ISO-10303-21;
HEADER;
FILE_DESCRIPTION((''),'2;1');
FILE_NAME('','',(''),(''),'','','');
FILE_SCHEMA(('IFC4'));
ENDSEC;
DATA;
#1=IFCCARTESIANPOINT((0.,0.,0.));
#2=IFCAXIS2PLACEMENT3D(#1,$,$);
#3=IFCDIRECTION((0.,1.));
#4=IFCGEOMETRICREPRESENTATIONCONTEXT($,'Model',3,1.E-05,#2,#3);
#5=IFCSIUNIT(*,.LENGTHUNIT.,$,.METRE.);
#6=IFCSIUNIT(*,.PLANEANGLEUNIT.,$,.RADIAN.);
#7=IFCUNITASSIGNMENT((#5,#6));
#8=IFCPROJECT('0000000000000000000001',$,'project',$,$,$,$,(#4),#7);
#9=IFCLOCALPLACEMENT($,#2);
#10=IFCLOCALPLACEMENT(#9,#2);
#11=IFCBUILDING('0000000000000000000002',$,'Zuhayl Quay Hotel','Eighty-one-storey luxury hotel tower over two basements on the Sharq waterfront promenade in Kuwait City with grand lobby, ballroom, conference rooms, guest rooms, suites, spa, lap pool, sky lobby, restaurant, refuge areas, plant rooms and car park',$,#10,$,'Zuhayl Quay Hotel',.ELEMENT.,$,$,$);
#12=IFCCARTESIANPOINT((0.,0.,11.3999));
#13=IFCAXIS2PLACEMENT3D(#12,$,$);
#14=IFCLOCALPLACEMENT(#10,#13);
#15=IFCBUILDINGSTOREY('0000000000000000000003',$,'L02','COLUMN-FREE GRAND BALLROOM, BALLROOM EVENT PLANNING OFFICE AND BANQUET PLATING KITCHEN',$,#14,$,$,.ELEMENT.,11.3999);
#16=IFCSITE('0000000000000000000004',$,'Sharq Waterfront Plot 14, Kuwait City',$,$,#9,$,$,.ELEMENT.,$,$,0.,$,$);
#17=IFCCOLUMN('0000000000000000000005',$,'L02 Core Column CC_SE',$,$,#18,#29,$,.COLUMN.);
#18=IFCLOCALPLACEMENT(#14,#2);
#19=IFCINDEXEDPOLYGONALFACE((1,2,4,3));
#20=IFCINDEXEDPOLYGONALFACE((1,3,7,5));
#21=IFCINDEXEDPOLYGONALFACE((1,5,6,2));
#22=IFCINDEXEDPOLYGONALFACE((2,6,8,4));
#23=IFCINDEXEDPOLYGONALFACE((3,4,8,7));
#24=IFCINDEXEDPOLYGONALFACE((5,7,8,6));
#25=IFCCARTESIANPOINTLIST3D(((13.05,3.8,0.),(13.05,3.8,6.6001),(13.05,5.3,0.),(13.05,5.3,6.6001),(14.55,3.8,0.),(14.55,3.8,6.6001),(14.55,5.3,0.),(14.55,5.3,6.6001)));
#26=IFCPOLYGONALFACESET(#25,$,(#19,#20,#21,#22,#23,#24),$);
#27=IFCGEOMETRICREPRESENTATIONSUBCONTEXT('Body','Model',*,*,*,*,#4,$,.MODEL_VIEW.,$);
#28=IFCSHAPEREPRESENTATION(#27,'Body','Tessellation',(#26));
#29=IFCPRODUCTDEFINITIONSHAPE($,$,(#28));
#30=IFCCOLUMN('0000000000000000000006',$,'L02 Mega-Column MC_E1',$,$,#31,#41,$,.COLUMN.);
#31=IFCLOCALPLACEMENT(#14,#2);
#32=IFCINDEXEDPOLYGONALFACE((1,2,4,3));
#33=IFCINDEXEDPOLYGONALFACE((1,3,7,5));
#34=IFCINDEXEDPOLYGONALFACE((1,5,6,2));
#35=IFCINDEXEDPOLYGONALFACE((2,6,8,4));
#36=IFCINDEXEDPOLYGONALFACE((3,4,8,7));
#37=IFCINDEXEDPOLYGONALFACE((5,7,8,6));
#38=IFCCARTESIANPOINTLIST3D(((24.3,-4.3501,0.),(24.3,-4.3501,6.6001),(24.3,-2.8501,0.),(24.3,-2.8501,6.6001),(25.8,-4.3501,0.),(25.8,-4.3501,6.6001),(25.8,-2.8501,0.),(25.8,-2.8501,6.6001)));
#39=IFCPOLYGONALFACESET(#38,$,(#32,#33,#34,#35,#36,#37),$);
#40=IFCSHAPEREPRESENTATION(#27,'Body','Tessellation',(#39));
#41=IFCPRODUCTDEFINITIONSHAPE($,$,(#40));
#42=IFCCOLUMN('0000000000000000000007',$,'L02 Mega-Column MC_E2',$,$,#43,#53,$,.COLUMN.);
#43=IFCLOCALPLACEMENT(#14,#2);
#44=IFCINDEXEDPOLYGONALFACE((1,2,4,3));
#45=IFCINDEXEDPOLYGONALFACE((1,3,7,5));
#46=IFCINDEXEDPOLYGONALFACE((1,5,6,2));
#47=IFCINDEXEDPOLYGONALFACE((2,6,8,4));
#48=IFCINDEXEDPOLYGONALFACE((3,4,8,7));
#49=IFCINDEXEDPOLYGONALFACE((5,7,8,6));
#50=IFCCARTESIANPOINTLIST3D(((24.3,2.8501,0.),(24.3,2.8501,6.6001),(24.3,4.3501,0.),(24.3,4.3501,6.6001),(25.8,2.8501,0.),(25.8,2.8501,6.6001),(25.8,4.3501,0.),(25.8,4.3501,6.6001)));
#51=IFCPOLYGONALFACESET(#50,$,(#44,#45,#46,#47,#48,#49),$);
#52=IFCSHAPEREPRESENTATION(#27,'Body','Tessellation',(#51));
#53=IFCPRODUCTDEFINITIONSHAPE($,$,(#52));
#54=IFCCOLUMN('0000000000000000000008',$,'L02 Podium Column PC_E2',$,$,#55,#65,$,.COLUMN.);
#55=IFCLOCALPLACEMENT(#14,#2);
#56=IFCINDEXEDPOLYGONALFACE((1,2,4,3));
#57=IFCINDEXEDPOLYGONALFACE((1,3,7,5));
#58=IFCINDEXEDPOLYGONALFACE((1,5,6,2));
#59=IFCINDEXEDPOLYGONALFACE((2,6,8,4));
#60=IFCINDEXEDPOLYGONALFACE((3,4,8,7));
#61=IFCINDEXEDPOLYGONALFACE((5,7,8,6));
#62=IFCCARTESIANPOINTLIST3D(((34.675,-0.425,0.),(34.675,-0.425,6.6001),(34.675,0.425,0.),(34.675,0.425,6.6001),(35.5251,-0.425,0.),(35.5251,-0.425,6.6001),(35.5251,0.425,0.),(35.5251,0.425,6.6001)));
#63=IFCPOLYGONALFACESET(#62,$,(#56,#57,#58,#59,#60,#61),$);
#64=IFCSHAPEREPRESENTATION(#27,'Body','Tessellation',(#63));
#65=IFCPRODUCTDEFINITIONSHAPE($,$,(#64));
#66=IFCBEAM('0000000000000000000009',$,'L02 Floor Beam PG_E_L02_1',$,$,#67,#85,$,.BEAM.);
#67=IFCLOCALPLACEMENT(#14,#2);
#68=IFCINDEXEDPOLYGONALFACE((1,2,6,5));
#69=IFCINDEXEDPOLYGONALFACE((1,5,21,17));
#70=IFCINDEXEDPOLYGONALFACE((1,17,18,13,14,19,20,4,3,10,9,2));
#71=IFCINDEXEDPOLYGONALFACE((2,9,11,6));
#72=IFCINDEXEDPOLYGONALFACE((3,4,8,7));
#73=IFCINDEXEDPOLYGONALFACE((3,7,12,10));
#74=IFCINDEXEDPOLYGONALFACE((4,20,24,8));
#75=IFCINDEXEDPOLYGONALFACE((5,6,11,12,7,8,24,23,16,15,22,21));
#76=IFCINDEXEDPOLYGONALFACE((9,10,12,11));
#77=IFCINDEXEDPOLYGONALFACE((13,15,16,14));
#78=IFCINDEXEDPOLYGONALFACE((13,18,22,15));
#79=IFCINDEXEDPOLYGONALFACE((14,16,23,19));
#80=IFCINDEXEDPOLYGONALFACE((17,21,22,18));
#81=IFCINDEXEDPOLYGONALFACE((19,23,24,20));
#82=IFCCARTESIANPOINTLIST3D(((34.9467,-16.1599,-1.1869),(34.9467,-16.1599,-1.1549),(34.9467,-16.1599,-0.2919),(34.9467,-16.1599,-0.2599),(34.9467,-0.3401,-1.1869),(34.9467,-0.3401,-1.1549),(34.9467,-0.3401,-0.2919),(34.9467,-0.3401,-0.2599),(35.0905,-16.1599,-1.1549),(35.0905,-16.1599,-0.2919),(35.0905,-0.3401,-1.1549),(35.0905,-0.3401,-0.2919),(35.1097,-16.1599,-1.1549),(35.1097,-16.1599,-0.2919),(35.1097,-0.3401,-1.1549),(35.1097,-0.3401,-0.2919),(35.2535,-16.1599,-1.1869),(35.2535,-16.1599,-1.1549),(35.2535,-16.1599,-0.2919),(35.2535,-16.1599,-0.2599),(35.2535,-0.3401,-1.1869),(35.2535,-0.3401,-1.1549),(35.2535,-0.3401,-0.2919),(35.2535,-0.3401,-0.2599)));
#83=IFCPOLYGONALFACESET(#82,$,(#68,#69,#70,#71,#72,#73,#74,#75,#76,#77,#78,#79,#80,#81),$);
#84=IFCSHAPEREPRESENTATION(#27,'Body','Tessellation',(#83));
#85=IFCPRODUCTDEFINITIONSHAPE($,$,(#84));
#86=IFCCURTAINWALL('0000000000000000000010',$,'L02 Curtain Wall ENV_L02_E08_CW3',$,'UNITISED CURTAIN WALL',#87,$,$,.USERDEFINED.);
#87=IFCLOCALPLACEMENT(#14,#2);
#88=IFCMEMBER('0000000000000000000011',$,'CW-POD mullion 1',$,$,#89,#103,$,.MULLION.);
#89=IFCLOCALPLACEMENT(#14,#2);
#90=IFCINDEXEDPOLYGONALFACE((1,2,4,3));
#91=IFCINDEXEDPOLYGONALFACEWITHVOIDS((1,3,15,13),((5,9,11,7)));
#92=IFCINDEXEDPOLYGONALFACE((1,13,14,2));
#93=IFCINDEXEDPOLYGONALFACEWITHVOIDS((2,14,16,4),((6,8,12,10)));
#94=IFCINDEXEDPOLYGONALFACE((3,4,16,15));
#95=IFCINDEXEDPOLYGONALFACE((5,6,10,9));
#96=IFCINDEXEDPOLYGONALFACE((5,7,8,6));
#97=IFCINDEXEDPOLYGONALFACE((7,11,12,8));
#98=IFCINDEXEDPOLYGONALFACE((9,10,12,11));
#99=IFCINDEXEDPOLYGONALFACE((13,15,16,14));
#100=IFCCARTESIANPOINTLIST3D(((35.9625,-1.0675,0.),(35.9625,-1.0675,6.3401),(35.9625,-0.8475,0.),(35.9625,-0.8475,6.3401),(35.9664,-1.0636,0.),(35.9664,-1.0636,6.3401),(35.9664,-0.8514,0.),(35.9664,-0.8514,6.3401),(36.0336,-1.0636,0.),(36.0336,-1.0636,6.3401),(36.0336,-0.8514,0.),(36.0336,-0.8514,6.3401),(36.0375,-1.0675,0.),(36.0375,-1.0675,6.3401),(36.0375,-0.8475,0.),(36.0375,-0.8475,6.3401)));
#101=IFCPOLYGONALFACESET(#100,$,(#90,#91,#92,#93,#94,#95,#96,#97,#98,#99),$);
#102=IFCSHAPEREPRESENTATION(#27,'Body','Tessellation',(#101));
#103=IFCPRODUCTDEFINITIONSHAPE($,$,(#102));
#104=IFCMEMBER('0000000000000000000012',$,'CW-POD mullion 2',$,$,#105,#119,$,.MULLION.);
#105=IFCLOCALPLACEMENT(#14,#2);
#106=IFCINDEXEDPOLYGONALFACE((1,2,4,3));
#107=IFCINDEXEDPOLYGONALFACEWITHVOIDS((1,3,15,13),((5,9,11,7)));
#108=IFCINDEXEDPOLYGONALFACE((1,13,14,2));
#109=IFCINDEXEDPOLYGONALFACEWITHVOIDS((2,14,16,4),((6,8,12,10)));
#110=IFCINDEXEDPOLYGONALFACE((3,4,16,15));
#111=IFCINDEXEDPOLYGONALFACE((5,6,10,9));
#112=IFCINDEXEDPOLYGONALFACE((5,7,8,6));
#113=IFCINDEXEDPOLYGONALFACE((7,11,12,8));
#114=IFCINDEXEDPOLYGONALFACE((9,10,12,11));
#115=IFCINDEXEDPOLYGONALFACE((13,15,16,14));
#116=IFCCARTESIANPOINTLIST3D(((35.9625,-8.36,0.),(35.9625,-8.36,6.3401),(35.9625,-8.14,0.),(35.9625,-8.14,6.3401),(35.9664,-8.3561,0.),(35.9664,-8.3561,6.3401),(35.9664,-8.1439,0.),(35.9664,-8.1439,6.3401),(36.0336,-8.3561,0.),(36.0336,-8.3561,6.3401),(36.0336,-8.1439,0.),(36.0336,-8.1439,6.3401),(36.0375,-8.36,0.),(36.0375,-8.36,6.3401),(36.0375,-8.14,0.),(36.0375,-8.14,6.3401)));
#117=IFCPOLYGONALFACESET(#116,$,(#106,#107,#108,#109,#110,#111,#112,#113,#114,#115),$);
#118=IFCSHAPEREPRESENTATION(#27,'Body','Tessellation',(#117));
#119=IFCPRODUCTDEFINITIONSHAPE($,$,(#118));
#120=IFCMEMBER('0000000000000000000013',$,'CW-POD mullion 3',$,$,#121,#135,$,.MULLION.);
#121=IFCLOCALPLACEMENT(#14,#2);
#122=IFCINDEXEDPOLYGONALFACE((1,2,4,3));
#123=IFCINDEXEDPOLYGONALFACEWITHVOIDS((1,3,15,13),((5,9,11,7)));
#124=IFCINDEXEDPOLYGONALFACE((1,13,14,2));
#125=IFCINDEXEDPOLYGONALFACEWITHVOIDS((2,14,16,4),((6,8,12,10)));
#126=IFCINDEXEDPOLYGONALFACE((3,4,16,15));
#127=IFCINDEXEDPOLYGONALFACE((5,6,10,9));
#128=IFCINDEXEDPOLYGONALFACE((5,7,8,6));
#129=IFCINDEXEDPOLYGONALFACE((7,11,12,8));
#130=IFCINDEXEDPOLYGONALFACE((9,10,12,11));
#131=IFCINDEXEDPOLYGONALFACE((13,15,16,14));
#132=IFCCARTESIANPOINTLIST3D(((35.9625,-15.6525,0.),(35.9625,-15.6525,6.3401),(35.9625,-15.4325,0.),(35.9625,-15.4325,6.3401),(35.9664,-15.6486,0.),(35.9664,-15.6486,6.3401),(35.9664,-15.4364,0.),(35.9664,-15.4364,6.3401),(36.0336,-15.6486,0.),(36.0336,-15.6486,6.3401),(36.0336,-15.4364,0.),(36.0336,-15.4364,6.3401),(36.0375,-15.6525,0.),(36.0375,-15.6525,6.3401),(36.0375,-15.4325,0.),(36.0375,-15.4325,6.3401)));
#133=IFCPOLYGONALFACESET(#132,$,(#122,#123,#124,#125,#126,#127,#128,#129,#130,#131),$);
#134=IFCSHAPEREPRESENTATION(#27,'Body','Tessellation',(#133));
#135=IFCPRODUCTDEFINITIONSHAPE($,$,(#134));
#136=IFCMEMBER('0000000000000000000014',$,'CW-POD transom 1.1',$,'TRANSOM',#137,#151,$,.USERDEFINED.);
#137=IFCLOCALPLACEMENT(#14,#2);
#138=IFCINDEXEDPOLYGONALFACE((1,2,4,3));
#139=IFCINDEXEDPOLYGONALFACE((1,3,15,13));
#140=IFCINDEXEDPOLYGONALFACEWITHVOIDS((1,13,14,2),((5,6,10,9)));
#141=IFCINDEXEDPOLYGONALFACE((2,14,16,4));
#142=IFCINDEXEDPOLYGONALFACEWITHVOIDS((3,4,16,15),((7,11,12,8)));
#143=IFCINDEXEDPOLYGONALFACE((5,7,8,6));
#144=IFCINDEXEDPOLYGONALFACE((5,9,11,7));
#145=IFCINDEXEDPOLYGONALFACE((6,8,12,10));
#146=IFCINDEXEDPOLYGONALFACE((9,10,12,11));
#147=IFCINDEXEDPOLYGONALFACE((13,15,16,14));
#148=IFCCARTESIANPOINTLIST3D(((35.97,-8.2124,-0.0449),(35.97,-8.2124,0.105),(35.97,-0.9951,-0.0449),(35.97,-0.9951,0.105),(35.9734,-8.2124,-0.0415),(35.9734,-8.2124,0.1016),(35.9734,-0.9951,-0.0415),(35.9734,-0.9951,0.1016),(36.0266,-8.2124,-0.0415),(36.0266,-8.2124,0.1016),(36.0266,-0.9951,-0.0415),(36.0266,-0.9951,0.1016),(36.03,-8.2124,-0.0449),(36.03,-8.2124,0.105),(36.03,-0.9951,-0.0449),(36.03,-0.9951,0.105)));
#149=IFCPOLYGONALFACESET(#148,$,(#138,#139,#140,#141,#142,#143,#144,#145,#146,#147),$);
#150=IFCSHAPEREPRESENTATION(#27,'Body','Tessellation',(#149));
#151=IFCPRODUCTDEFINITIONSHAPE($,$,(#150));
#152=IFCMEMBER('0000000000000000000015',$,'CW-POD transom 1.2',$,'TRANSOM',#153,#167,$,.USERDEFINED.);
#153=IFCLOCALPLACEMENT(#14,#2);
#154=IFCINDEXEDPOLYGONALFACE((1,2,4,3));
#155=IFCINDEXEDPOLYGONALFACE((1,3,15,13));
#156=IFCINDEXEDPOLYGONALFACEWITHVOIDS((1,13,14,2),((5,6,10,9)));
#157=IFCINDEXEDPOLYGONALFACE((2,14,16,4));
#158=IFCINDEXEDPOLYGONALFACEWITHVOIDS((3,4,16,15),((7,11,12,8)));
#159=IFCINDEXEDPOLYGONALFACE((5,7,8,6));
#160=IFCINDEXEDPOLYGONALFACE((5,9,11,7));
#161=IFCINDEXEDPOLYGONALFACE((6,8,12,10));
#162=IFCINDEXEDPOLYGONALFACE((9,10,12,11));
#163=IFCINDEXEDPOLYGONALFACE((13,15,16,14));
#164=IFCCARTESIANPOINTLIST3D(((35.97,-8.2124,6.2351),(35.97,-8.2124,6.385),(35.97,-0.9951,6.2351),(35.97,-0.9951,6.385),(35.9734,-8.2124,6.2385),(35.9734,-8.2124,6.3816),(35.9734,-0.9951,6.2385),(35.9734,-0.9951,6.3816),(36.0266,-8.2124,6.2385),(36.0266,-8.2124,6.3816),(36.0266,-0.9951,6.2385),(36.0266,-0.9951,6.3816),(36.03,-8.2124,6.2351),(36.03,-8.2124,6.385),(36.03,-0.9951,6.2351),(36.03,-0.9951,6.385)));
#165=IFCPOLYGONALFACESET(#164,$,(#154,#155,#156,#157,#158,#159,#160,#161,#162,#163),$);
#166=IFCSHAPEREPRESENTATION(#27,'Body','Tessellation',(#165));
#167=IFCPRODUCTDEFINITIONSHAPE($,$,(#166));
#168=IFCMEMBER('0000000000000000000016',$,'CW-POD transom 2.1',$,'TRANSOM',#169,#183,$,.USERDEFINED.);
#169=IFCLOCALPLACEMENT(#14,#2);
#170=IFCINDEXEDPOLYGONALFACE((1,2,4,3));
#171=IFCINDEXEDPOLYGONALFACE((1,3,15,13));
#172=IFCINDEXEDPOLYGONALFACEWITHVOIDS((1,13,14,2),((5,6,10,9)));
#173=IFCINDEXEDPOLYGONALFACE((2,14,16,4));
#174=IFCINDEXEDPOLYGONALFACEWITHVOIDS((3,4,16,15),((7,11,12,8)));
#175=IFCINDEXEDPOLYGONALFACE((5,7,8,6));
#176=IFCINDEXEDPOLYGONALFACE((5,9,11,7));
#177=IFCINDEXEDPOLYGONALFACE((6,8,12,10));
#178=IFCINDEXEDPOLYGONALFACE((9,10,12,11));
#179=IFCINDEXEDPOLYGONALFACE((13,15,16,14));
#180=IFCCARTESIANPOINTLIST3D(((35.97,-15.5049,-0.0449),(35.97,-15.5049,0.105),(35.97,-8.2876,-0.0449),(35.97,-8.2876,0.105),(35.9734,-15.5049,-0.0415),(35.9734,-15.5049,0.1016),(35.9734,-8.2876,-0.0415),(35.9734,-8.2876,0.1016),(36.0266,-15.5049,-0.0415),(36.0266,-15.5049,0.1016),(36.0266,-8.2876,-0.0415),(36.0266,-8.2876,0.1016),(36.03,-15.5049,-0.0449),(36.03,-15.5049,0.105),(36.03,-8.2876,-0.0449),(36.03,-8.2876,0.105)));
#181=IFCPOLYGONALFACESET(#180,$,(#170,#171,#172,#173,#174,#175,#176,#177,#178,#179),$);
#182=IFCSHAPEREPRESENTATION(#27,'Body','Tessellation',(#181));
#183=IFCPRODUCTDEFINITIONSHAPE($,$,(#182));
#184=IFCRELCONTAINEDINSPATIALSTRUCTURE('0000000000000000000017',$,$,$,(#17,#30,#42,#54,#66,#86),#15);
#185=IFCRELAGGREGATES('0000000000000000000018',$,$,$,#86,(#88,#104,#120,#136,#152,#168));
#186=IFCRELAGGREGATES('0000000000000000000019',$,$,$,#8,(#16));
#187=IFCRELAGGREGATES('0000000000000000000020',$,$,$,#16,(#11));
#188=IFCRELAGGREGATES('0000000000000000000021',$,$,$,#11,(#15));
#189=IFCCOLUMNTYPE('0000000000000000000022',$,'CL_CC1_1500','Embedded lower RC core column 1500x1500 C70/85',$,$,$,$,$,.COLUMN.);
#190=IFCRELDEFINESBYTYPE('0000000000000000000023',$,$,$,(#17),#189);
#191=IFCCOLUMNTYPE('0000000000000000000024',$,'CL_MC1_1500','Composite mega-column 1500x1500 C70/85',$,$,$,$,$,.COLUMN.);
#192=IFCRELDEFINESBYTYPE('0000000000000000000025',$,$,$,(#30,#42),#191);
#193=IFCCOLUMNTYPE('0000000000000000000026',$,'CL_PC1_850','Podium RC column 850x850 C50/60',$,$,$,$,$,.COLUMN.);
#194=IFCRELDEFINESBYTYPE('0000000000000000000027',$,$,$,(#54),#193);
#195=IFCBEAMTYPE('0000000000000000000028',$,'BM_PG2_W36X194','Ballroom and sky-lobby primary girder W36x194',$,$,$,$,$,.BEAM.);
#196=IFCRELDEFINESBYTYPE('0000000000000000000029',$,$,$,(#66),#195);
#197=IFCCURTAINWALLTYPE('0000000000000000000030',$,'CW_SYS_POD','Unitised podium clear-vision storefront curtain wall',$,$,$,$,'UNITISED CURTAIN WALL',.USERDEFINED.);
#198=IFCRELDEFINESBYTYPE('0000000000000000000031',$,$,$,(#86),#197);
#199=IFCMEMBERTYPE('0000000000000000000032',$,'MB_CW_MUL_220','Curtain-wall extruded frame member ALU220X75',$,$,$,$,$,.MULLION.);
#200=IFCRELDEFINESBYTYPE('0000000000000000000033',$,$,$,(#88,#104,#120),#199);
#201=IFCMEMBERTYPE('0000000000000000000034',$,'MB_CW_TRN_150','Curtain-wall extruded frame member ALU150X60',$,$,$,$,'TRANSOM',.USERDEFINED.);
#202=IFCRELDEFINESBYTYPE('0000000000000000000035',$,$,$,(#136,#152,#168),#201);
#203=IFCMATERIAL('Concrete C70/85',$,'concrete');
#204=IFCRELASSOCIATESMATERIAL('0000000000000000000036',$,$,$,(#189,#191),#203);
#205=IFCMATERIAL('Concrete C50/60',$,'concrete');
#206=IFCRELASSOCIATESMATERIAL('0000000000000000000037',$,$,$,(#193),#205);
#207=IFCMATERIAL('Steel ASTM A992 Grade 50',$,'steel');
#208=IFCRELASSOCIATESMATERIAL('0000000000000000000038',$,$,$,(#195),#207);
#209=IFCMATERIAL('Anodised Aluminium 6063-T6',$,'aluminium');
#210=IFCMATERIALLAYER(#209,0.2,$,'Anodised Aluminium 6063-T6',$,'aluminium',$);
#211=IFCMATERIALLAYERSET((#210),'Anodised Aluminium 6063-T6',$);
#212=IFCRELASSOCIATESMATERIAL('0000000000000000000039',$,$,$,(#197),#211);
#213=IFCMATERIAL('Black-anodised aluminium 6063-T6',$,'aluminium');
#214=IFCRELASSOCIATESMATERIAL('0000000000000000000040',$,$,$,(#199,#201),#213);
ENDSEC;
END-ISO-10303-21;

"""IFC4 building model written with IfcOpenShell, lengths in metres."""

from ifc_helpers import new_model, si_unit, direction, frame, origin, origin_2d, place, context, subcontext, project, spatial, rectangle, hollow_rectangle, i_section, extrude, material, layer, layer_set, material_profile, profile_set, type_object, element, aggregate, save


model = new_model("IFC4")

# Units and contexts
model_context = context("Model", 3, precision=1e-05, world=origin(), true_north=direction((0.0, 1.0)))
body_context = subcontext(model_context, "Body", "Model", "MODEL_VIEW")
ifc_project = project(units=[si_unit("LENGTHUNIT", "METRE"), si_unit("PLANEANGLEUNIT", "RADIAN")], contexts=[model_context])

# Site, building, storey
site_placement = place(None, origin())
site = spatial("IfcSite", under=ifc_project, at=site_placement, Name="Sharq Waterfront Plot 14, Kuwait City", CompositionType="ELEMENT", RefElevation=0.0)
building_placement = place(site_placement, origin())
building = spatial("IfcBuilding", under=site, at=building_placement, Name="Zuhayl Quay Hotel", Description="Eighty-one-storey luxury hotel tower over two basements on the Sharq waterfront promenade in Kuwait City with grand lobby, ballroom, conference rooms, guest rooms, suites, spa, lap pool, sky lobby, restaurant, refuge areas, plant rooms and car park", LongName="Zuhayl Quay Hotel", CompositionType="ELEMENT")
storey_placement = place(building_placement, frame((0.0, 0.0, 11.3999)))
storey = spatial("IfcBuildingStorey", under=building, at=storey_placement, Name="L02", Description="COLUMN-FREE GRAND BALLROOM, BALLROOM EVENT PLANNING OFFICE AND BANQUET PLATING KITCHEN", CompositionType="ELEMENT", Elevation=11.3999)

# Columns
ifc_material_1 = material(Name="Concrete C70/85", Category="concrete")
ifc_material_profile_1 = material_profile(ifc_material_1, rectangle(XDim=1.5, YDim=1.5, at=origin_2d()), Name="RC1500X1500")
ifc_profile_set_1 = profile_set([ifc_material_profile_1], Name="Concrete C70/85")
column_type_1 = type_object("IfcColumnType", Name="CL_CC1_1500", Description="Embedded lower RC core column 1500x1500 C70/85", PredefinedType="COLUMN", material=ifc_profile_set_1)
column_1_placement = place(storey_placement, frame((13.8, 4.55, 0.0), z_axis=(0.0, 0.0, 1.0), x_axis=(1.0, 0.0, 0.0)))
element("IfcColumn", 1, at=column_1_placement, inside=storey, type_object=column_type_1, Name="L02 Core Column CC_SE", PredefinedType="COLUMN", context=body_context, shape_type="SweptSolid", body=[
    extrude(rectangle(XDim=1.5, YDim=1.5, at=origin_2d()), origin(), (0.0, 0.0, 1.0), 6.6001),
])
ifc_material_profile_2 = material_profile(ifc_material_1, rectangle(XDim=1.5, YDim=1.5, at=origin_2d()), Name="RC1500X1500")
ifc_profile_set_2 = profile_set([ifc_material_profile_2], Name="Concrete C70/85")
column_type_2 = type_object("IfcColumnType", Name="CL_MC1_1500", Description="Composite mega-column 1500x1500 C70/85", PredefinedType="COLUMN", material=ifc_profile_set_2)
for number, where, z_axis, x_axis, name in (
    (2, (25.05, -3.6001, 0.0), (0.0, 0.0, 1.0), (1.0, 0.0, 0.0), "L02 Mega-Column MC_E1"),
    (3, (25.05, 3.6001, 0.0), (0.0, 0.0, 1.0), (1.0, 0.0, 0.0), "L02 Mega-Column MC_E2"),
):
    element("IfcColumn", number, at=place(storey_placement, frame(where, z_axis=z_axis, x_axis=x_axis)), inside=storey, type_object=column_type_2, Name=name, PredefinedType="COLUMN", context=body_context, shape_type="SweptSolid", body=[
        extrude(rectangle(XDim=1.5, YDim=1.5, at=origin_2d()), origin(), (0.0, 0.0, 1.0), 6.6001),
    ])
ifc_material_2 = material(Name="Concrete C50/60", Category="concrete")
ifc_material_profile_3 = material_profile(ifc_material_2, rectangle(XDim=0.8501, YDim=0.8501, at=origin_2d()), Name="RC850X850")
ifc_profile_set_3 = profile_set([ifc_material_profile_3], Name="Concrete C50/60")
column_type_3 = type_object("IfcColumnType", Name="CL_PC1_850", Description="Podium RC column 850x850 C50/60", PredefinedType="COLUMN", material=ifc_profile_set_3)
column_2_placement = place(storey_placement, frame((35.1001, 0.0, 0.0), z_axis=(0.0, 0.0, 1.0), x_axis=(1.0, 0.0, 0.0)))
element("IfcColumn", 4, at=column_2_placement, inside=storey, type_object=column_type_3, Name="L02 Podium Column PC_E2", PredefinedType="COLUMN", context=body_context, shape_type="SweptSolid", body=[
    extrude(rectangle(XDim=0.8501, YDim=0.8501, at=origin_2d()), origin(), (0.0, 0.0, 1.0), 6.6001),
])

# Beam
ifc_material_3 = material(Name="Steel ASTM A992 Grade 50", Category="steel")
ifc_material_profile_4 = material_profile(ifc_material_3, i_section(OverallWidth=0.3069, OverallDepth=0.927, WebThickness=0.0193, FlangeThickness=0.032, at=origin_2d()), Name="W36X194")
ifc_profile_set_4 = profile_set([ifc_material_profile_4], Name="Steel ASTM A992 Grade 50")
beam_type = type_object("IfcBeamType", Name="BM_PG2_W36X194", Description="Ballroom and sky-lobby primary girder W36x194", PredefinedType="BEAM", material=ifc_profile_set_4)
beam_placement = place(storey_placement, frame((35.1001, -16.1599, -0.7234), z_axis=(0.0, 1.0, 0.0), x_axis=(-1.0, 0.0, 0.0)))
element("IfcBeam", 5, at=beam_placement, inside=storey, type_object=beam_type, Name="L02 Floor Beam PG_E_L02_1", PredefinedType="BEAM", context=body_context, shape_type="SweptSolid", body=[
    extrude(i_section(OverallWidth=0.3069, OverallDepth=0.927, WebThickness=0.0193, FlangeThickness=0.032, at=origin_2d()), origin(), (0.0, 0.0, 1.0), 15.8198),
])

# Curtain wall, members
ifc_material_4 = material(Name="Anodised Aluminium 6063-T6", Category="aluminium")
ifc_layer_1 = layer(ifc_material_4, 0.2, Name="Anodised Aluminium 6063-T6", Category="aluminium")
ifc_layer_set_1 = layer_set([ifc_layer_1], Name="Anodised Aluminium 6063-T6")
curtain_wall_type = type_object("IfcCurtainWallType", Name="CW_SYS_POD", Description="Unitised podium clear-vision storefront curtain wall", ElementType="UNITISED CURTAIN WALL", PredefinedType="USERDEFINED", material=ifc_layer_set_1)
curtain_wall_placement = place(storey_placement, origin())
curtain_wall = element("IfcCurtainWall", 6, at=curtain_wall_placement, inside=storey, type_object=curtain_wall_type, Name="L02 Curtain Wall ENV_L02_E08_CW3", ObjectType="UNITISED CURTAIN WALL", PredefinedType="USERDEFINED")
ifc_material_5 = material(Name="Black-anodised aluminium 6063-T6", Category="aluminium")
ifc_material_profile_5 = material_profile(ifc_material_5, hollow_rectangle(XDim=0.075, YDim=0.22, WallThickness=0.0039, at=origin_2d()), Name="ALU220X75")
ifc_profile_set_5 = profile_set([ifc_material_profile_5], Name="Black-anodised aluminium 6063-T6")
member_type_1 = type_object("IfcMemberType", Name="MB_CW_MUL_220", Description="Curtain-wall extruded frame member ALU220X75", PredefinedType="MULLION", material=ifc_profile_set_5)
member_1_placement = place(storey_placement, frame((36.0, -0.9575, 0.0), z_axis=(0.0, 0.0, 1.0), x_axis=(1.0, 0.0, 0.0)))
member_1 = element("IfcMember", 7, at=member_1_placement, type_object=member_type_1, Name="CW-POD mullion 1", PredefinedType="MULLION", context=body_context, shape_type="SweptSolid", body=[
    extrude(hollow_rectangle(XDim=0.075, YDim=0.22, WallThickness=0.0039, at=origin_2d()), origin(), (0.0, 0.0, 1.0), 6.3401),
])
member_2_placement = place(storey_placement, frame((36.0, -8.25, 0.0), z_axis=(0.0, 0.0, 1.0), x_axis=(1.0, 0.0, 0.0)))
member_2 = element("IfcMember", 8, at=member_2_placement, type_object=member_type_1, Name="CW-POD mullion 2", PredefinedType="MULLION", context=body_context, shape_type="SweptSolid", body=[
    extrude(hollow_rectangle(XDim=0.075, YDim=0.22, WallThickness=0.0039, at=origin_2d()), origin(), (0.0, 0.0, 1.0), 6.3401),
])
member_3_placement = place(storey_placement, frame((36.0, -15.5425, 0.0), z_axis=(0.0, 0.0, 1.0), x_axis=(1.0, 0.0, 0.0)))
member_3 = element("IfcMember", 9, at=member_3_placement, type_object=member_type_1, Name="CW-POD mullion 3", PredefinedType="MULLION", context=body_context, shape_type="SweptSolid", body=[
    extrude(hollow_rectangle(XDim=0.075, YDim=0.22, WallThickness=0.0039, at=origin_2d()), origin(), (0.0, 0.0, 1.0), 6.3401),
])
ifc_material_profile_6 = material_profile(ifc_material_5, hollow_rectangle(XDim=0.0601, YDim=0.1499, WallThickness=0.0034, at=origin_2d()), Name="ALU150X60")
ifc_profile_set_6 = profile_set([ifc_material_profile_6], Name="Black-anodised aluminium 6063-T6")
member_type_2 = type_object("IfcMemberType", Name="MB_CW_TRN_150", Description="Curtain-wall extruded frame member ALU150X60", ElementType="TRANSOM", PredefinedType="USERDEFINED", material=ifc_profile_set_6)
member_4_placement = place(storey_placement, frame((36.0, -0.9951, 0.03), z_axis=(0.0, -1.0, 0.0), x_axis=(1.0, 0.0, 0.0)))
member_4 = element("IfcMember", 10, at=member_4_placement, type_object=member_type_2, Name="CW-POD transom 1.1", ObjectType="TRANSOM", PredefinedType="USERDEFINED", context=body_context, shape_type="SweptSolid", body=[
    extrude(hollow_rectangle(XDim=0.0601, YDim=0.1499, WallThickness=0.0034, at=origin_2d()), origin(), (0.0, 0.0, 1.0), 7.2173),
])
member_5_placement = place(storey_placement, frame((36.0, -0.9951, 6.3101), z_axis=(0.0, -1.0, 0.0), x_axis=(1.0, 0.0, 0.0)))
member_5 = element("IfcMember", 11, at=member_5_placement, type_object=member_type_2, Name="CW-POD transom 1.2", ObjectType="TRANSOM", PredefinedType="USERDEFINED", context=body_context, shape_type="SweptSolid", body=[
    extrude(hollow_rectangle(XDim=0.0601, YDim=0.1499, WallThickness=0.0034, at=origin_2d()), origin(), (0.0, 0.0, 1.0), 7.2173),
])
member_6_placement = place(storey_placement, frame((36.0, -8.2876, 0.03), z_axis=(0.0, -1.0, 0.0), x_axis=(1.0, 0.0, 0.0)))
member_6 = element("IfcMember", 12, at=member_6_placement, type_object=member_type_2, Name="CW-POD transom 2.1", ObjectType="TRANSOM", PredefinedType="USERDEFINED", context=body_context, shape_type="SweptSolid", body=[
    extrude(hollow_rectangle(XDim=0.0601, YDim=0.1499, WallThickness=0.0034, at=origin_2d()), origin(), (0.0, 0.0, 1.0), 7.2173),
])
aggregate(curtain_wall, [member_1, member_2, member_3, member_4, member_5, member_6])

save(model, "model.ifc")
